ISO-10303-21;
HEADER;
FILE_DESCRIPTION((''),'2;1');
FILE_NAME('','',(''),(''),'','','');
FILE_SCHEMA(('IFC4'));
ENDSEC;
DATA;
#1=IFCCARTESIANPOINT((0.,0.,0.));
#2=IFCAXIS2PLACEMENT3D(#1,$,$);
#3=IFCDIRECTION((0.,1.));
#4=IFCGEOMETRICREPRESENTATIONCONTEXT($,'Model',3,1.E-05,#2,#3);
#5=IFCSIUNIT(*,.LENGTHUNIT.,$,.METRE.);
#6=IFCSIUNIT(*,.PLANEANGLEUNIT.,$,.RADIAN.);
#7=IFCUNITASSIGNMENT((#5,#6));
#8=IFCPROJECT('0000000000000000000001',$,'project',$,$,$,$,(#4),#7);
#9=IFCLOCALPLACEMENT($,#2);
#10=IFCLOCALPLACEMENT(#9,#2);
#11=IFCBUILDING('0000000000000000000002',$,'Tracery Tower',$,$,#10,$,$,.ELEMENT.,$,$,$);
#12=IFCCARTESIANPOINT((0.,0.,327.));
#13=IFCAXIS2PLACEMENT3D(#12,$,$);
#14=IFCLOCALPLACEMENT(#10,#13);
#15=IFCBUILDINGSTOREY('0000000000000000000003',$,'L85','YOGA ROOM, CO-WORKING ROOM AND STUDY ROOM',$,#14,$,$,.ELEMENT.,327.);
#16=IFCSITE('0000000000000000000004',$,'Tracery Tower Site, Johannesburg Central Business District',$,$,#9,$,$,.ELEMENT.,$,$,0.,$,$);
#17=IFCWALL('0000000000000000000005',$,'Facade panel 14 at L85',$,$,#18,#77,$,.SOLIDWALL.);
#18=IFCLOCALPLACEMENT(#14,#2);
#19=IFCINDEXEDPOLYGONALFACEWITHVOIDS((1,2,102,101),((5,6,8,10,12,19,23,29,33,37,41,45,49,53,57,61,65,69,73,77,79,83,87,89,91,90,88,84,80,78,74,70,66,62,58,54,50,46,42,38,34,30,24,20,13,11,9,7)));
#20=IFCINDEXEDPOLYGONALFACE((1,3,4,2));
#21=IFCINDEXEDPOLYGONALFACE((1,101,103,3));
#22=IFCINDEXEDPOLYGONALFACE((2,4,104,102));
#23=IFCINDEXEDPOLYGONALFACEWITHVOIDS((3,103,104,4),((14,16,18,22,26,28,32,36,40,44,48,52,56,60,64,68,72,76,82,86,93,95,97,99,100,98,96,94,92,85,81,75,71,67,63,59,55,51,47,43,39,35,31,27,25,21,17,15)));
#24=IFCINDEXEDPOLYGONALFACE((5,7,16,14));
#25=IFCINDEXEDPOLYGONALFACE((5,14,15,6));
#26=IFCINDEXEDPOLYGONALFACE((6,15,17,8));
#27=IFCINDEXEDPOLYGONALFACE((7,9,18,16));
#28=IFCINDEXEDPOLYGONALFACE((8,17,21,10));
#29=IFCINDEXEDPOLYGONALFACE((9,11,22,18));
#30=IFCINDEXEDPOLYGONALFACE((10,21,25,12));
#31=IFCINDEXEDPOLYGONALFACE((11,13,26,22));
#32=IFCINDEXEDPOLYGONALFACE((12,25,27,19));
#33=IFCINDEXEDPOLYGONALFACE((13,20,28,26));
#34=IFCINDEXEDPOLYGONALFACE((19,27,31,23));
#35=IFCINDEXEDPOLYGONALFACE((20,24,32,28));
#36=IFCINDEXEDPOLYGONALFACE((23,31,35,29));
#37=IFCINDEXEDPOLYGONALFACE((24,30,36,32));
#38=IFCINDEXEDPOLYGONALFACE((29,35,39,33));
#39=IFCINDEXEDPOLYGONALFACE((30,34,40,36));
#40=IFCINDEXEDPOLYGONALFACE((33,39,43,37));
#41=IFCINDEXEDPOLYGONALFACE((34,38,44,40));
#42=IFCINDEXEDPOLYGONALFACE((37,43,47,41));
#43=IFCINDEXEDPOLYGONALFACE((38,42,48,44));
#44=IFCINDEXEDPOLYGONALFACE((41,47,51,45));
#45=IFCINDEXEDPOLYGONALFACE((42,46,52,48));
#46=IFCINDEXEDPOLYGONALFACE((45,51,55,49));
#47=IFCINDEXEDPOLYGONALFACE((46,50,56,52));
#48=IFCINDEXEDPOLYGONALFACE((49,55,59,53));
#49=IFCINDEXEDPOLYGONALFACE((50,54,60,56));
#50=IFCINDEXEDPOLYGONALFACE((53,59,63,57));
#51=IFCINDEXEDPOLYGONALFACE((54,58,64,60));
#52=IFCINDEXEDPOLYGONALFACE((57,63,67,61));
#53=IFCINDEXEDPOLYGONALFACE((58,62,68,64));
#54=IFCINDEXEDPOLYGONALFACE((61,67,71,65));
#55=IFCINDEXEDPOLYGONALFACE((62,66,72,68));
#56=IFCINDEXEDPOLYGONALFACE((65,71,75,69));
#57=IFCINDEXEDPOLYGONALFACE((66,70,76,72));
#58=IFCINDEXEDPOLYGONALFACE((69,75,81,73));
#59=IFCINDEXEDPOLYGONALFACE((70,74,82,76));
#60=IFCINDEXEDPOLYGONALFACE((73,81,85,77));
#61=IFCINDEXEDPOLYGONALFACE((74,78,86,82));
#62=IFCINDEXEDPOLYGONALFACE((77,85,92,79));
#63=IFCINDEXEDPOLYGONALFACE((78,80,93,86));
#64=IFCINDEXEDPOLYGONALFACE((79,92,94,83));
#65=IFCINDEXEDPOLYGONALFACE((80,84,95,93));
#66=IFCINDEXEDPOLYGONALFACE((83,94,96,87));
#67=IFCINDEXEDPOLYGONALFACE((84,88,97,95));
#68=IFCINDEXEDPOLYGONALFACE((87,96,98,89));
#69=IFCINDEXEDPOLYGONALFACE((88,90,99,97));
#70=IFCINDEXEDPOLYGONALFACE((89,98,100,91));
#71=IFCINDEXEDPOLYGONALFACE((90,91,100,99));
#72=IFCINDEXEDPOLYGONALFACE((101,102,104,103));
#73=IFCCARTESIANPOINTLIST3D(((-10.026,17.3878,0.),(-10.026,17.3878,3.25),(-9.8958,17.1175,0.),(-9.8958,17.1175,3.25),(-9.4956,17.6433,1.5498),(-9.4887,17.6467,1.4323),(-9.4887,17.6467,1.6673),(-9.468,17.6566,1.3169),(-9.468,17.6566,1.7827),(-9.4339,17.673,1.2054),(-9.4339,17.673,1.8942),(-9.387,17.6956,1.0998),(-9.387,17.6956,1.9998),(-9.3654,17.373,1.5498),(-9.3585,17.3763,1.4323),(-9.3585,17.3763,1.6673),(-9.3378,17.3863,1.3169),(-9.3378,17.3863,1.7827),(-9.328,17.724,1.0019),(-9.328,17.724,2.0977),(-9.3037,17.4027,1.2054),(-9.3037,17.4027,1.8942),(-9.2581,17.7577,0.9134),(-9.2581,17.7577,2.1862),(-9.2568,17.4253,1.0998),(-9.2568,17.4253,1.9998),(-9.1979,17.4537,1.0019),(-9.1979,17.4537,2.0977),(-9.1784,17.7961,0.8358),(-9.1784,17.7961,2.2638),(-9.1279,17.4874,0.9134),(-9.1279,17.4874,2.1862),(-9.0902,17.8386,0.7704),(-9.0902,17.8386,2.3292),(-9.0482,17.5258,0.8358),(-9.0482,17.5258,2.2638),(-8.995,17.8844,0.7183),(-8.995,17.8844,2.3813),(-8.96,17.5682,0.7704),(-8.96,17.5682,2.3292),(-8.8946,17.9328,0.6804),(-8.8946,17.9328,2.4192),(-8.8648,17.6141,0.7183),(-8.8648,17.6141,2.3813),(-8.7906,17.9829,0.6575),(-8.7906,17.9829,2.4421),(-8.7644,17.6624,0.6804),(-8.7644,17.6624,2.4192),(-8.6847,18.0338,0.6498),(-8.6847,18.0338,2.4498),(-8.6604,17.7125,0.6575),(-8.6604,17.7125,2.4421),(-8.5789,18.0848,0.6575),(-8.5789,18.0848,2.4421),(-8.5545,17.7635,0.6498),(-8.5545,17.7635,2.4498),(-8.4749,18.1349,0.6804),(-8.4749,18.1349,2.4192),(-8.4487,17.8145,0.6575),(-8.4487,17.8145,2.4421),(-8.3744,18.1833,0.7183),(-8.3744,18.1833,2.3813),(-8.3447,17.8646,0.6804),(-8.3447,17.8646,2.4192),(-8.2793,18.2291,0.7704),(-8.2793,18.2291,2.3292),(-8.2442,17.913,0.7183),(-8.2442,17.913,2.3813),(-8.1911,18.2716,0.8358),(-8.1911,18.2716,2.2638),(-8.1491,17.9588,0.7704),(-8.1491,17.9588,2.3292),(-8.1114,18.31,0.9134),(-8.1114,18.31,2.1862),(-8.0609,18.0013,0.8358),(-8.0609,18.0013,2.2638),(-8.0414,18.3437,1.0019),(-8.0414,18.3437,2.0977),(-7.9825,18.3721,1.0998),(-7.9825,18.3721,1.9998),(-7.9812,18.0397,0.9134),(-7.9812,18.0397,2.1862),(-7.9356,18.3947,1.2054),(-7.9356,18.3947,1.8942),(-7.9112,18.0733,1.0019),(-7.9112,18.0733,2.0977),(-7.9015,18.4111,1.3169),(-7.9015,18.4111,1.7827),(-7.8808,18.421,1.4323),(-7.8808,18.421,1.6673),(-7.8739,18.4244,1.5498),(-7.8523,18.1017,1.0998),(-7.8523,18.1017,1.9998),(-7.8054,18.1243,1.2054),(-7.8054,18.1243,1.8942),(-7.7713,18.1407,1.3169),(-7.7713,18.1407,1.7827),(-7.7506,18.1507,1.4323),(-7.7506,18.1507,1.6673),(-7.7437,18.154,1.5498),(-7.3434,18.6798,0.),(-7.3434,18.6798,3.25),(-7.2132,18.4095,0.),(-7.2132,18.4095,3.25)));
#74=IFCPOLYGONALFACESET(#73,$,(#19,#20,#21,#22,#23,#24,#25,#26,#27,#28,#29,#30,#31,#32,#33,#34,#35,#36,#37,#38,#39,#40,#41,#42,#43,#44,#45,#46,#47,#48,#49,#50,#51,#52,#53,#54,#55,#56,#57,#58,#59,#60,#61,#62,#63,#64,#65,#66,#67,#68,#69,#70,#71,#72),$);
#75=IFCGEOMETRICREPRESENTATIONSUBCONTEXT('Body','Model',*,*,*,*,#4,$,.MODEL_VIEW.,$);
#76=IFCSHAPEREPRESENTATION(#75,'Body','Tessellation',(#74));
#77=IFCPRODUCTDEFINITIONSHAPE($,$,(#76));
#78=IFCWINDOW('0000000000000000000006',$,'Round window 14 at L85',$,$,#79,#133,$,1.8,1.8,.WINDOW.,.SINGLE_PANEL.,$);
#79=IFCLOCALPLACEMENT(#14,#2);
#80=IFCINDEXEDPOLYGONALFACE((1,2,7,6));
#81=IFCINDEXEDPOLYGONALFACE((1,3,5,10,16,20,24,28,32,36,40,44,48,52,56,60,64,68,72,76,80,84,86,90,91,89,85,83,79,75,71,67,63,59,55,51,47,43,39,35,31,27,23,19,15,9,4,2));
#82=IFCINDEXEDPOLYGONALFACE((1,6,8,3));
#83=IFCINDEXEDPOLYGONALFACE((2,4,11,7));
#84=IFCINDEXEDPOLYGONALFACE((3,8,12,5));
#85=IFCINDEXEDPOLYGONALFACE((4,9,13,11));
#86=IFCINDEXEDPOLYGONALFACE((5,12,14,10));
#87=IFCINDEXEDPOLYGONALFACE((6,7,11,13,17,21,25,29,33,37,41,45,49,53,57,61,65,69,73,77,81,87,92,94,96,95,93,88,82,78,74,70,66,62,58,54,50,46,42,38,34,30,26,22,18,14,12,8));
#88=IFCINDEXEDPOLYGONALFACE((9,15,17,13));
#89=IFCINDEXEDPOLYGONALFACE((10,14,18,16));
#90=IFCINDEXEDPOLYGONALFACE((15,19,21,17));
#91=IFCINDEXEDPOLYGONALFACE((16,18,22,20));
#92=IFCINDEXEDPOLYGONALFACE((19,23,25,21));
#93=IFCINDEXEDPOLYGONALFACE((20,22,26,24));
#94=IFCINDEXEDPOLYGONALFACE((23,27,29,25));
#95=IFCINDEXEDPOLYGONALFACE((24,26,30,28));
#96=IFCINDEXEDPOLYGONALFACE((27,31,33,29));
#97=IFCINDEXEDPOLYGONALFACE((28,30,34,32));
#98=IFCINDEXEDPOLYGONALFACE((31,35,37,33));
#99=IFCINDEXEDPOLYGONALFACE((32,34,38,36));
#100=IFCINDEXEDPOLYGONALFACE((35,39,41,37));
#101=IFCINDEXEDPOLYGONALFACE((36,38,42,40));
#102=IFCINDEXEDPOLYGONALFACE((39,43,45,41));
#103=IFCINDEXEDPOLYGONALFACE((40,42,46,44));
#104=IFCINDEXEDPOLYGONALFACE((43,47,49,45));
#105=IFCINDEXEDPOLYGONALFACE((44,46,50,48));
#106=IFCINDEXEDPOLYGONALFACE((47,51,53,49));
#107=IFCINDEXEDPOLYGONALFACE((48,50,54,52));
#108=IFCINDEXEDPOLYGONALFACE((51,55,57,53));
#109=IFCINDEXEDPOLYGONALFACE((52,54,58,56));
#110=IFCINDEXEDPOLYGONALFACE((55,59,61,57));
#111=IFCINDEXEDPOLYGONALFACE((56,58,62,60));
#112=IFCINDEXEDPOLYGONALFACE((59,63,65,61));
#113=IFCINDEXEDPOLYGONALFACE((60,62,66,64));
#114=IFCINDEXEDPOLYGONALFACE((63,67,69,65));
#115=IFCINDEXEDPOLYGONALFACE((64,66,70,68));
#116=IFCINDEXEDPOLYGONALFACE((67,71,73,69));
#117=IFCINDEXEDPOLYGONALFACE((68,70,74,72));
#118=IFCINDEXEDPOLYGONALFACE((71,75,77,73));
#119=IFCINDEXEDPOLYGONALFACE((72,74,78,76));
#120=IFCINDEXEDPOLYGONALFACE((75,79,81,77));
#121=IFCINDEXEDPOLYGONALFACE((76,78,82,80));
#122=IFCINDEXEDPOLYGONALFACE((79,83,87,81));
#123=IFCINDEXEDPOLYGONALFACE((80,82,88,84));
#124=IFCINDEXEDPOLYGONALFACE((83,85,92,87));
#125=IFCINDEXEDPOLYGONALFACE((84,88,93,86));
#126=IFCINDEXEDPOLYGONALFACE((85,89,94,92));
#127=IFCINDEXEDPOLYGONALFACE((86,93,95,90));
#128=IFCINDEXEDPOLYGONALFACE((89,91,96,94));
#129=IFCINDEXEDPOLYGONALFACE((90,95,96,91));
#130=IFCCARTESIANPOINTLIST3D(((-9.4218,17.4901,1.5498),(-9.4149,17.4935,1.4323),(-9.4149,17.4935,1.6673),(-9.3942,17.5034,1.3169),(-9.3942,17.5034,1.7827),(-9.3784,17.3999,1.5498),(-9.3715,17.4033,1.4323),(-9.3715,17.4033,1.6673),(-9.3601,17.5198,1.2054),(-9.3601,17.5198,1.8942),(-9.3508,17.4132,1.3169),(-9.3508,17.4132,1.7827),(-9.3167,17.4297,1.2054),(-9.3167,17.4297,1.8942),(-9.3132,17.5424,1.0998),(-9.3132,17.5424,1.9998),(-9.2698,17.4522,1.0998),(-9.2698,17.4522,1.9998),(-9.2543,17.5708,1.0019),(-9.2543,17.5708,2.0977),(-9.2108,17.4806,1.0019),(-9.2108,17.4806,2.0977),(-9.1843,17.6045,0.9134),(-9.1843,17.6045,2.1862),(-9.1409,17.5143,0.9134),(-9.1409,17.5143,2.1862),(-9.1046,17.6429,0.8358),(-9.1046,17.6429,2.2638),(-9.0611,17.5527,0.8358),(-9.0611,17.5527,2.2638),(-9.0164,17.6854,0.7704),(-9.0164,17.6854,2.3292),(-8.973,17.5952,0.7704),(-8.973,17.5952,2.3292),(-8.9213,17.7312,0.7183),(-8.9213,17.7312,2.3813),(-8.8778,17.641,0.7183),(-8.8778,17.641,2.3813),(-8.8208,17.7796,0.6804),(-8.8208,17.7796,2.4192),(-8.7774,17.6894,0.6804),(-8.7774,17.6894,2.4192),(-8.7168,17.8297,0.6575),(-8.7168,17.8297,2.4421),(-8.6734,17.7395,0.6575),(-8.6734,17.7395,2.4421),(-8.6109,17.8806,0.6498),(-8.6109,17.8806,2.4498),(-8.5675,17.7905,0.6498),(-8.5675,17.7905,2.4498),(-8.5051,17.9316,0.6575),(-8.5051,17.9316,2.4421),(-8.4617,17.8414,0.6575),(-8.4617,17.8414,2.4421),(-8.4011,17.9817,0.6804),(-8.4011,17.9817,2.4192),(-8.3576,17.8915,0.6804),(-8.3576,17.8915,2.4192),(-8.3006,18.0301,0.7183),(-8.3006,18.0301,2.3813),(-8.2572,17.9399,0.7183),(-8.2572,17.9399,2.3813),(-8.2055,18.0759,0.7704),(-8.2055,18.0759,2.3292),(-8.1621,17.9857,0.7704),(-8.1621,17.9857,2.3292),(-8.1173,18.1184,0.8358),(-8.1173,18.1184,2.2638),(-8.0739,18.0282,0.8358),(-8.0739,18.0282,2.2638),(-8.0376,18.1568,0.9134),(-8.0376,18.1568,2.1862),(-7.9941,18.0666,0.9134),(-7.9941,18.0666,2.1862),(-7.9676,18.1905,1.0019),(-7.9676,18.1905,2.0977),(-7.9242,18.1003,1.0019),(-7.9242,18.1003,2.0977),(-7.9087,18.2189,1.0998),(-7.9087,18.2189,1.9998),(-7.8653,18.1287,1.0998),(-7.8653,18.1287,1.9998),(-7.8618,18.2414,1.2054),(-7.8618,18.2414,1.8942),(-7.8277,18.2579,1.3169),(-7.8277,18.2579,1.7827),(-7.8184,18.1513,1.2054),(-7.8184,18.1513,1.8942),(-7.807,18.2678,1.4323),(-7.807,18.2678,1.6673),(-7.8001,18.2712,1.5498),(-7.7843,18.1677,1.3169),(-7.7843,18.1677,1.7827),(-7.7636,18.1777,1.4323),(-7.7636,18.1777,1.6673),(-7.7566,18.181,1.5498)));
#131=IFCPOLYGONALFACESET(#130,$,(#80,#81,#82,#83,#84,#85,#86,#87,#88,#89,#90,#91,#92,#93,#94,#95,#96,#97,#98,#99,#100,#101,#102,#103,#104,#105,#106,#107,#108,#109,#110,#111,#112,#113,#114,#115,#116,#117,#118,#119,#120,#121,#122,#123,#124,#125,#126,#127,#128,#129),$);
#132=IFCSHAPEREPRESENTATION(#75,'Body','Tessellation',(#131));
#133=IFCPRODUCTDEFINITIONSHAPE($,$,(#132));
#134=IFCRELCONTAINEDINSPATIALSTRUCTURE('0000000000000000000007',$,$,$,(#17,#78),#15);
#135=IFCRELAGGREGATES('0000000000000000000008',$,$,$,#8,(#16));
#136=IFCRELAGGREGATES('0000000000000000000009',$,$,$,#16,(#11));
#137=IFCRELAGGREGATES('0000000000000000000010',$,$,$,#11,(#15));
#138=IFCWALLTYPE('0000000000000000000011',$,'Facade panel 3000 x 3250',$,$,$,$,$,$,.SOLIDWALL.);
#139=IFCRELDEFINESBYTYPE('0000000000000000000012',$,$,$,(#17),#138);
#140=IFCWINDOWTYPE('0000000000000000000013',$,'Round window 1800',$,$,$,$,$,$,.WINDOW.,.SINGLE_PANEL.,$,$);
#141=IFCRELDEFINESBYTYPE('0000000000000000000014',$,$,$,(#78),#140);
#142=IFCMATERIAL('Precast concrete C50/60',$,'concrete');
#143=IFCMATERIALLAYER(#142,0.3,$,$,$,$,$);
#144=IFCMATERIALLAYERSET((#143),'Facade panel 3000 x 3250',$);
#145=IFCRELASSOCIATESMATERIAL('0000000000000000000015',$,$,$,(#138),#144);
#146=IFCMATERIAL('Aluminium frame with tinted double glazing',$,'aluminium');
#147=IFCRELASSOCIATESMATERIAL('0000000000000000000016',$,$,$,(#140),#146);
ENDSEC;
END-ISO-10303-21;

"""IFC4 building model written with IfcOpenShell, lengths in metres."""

from ifc_helpers import new_model, si_unit, direction, frame, frame_2d, origin, origin_2d, place, context, subcontext, project, spatial, rectangle, circle, extrude, material, layer, layer_set, type_object, element, fill, save


model = new_model("IFC4")

# Units and contexts
model_context = context("Model", 3, precision=1e-05, world=origin(), true_north=direction((0.0, 1.0)))
body_context = subcontext(model_context, "Body", "Model", "MODEL_VIEW")
ifc_project = project(units=[si_unit("LENGTHUNIT", "METRE"), si_unit("PLANEANGLEUNIT", "RADIAN")], contexts=[model_context])

# Site, building, storey
site_placement = place(None, origin())
site = spatial("IfcSite", under=ifc_project, at=site_placement, Name="Tracery Tower Site, Johannesburg Central Business District", CompositionType="ELEMENT", RefElevation=0.0)
building_placement = place(site_placement, origin())
building = spatial("IfcBuilding", under=site, at=building_placement, Name="Tracery Tower", CompositionType="ELEMENT")
storey_placement = place(building_placement, frame((0.0, 0.0, 327.0)))
storey = spatial("IfcBuildingStorey", under=building, at=storey_placement, Name="L85", Description="YOGA ROOM, CO-WORKING ROOM AND STUDY ROOM", CompositionType="ELEMENT", Elevation=327.0)

# Wall, opening, window
ifc_material_1 = material(Name="Precast concrete C50/60", Category="concrete")
ifc_layer_1 = layer(ifc_material_1, 0.3)
ifc_layer_set_1 = layer_set([ifc_layer_1], Name="Facade panel 3000 x 3250")
wall_type_1 = type_object("IfcWallType", Name="Facade panel 3000 x 3250", PredefinedType="SOLIDWALL", material=ifc_layer_set_1)
ifc_material_2 = material(Name="Aluminium frame with tinted double glazing", Category="aluminium")
window_type = type_object("IfcWindowType", Name="Round window 1800", PartitioningType="SINGLE_PANEL", PredefinedType="WINDOW", material=ifc_material_2)
wall_1_placement = place(storey_placement, frame((-7.2783, 18.5447, 0.0), z_axis=(0.0, 0.0, 1.0), x_axis=(-0.900954, -0.433914, 0.0)))
wall_1 = element("IfcWall", 1, at=wall_1_placement, inside=storey, type_object=wall_type_1, Name="Facade panel 14 at L85", PredefinedType="SOLIDWALL", context=body_context, shape_type="SweptSolid", body=[
    extrude(rectangle(XDim=2.9775, YDim=0.3, at=frame_2d((1.4888, 0.0))), origin(), (0.0, 0.0, 1.0), 3.25),
])
opening_1_placement = place(wall_1_placement, frame((1.4888, 0.0, 1.5498)))
opening_1 = element("IfcOpeningElement", 2, at=opening_1_placement, cuts=wall_1, PredefinedType="OPENING", context=body_context, shape_type="SweptSolid", body=[
    extrude(circle(Radius=0.9, at=origin_2d()), frame((0.0, 0.1599, 0.0), z_axis=(0.0, -1.0, 0.0), x_axis=(1.0, 0.0, 0.0)), (0.0, 0.0, 1.0), 0.3201),
])
window_1_placement = place(opening_1_placement, origin())
window_1 = element("IfcWindow", 3, at=window_1_placement, inside=storey, type_object=window_type, Name="Round window 14 at L85", OverallHeight=1.8, OverallWidth=1.8, PartitioningType="SINGLE_PANEL", PredefinedType="WINDOW", context=body_context, shape_type="SweptSolid", body=[
    extrude(circle(Radius=0.9, at=origin_2d()), frame((0.0, 0.1201, 0.0), z_axis=(0.0, -1.0, 0.0), x_axis=(1.0, 0.0, 0.0)), (0.0, 0.0, 1.0), 0.1001),
])
fill(opening_1, window_1)

save(model, "model.ifc")
